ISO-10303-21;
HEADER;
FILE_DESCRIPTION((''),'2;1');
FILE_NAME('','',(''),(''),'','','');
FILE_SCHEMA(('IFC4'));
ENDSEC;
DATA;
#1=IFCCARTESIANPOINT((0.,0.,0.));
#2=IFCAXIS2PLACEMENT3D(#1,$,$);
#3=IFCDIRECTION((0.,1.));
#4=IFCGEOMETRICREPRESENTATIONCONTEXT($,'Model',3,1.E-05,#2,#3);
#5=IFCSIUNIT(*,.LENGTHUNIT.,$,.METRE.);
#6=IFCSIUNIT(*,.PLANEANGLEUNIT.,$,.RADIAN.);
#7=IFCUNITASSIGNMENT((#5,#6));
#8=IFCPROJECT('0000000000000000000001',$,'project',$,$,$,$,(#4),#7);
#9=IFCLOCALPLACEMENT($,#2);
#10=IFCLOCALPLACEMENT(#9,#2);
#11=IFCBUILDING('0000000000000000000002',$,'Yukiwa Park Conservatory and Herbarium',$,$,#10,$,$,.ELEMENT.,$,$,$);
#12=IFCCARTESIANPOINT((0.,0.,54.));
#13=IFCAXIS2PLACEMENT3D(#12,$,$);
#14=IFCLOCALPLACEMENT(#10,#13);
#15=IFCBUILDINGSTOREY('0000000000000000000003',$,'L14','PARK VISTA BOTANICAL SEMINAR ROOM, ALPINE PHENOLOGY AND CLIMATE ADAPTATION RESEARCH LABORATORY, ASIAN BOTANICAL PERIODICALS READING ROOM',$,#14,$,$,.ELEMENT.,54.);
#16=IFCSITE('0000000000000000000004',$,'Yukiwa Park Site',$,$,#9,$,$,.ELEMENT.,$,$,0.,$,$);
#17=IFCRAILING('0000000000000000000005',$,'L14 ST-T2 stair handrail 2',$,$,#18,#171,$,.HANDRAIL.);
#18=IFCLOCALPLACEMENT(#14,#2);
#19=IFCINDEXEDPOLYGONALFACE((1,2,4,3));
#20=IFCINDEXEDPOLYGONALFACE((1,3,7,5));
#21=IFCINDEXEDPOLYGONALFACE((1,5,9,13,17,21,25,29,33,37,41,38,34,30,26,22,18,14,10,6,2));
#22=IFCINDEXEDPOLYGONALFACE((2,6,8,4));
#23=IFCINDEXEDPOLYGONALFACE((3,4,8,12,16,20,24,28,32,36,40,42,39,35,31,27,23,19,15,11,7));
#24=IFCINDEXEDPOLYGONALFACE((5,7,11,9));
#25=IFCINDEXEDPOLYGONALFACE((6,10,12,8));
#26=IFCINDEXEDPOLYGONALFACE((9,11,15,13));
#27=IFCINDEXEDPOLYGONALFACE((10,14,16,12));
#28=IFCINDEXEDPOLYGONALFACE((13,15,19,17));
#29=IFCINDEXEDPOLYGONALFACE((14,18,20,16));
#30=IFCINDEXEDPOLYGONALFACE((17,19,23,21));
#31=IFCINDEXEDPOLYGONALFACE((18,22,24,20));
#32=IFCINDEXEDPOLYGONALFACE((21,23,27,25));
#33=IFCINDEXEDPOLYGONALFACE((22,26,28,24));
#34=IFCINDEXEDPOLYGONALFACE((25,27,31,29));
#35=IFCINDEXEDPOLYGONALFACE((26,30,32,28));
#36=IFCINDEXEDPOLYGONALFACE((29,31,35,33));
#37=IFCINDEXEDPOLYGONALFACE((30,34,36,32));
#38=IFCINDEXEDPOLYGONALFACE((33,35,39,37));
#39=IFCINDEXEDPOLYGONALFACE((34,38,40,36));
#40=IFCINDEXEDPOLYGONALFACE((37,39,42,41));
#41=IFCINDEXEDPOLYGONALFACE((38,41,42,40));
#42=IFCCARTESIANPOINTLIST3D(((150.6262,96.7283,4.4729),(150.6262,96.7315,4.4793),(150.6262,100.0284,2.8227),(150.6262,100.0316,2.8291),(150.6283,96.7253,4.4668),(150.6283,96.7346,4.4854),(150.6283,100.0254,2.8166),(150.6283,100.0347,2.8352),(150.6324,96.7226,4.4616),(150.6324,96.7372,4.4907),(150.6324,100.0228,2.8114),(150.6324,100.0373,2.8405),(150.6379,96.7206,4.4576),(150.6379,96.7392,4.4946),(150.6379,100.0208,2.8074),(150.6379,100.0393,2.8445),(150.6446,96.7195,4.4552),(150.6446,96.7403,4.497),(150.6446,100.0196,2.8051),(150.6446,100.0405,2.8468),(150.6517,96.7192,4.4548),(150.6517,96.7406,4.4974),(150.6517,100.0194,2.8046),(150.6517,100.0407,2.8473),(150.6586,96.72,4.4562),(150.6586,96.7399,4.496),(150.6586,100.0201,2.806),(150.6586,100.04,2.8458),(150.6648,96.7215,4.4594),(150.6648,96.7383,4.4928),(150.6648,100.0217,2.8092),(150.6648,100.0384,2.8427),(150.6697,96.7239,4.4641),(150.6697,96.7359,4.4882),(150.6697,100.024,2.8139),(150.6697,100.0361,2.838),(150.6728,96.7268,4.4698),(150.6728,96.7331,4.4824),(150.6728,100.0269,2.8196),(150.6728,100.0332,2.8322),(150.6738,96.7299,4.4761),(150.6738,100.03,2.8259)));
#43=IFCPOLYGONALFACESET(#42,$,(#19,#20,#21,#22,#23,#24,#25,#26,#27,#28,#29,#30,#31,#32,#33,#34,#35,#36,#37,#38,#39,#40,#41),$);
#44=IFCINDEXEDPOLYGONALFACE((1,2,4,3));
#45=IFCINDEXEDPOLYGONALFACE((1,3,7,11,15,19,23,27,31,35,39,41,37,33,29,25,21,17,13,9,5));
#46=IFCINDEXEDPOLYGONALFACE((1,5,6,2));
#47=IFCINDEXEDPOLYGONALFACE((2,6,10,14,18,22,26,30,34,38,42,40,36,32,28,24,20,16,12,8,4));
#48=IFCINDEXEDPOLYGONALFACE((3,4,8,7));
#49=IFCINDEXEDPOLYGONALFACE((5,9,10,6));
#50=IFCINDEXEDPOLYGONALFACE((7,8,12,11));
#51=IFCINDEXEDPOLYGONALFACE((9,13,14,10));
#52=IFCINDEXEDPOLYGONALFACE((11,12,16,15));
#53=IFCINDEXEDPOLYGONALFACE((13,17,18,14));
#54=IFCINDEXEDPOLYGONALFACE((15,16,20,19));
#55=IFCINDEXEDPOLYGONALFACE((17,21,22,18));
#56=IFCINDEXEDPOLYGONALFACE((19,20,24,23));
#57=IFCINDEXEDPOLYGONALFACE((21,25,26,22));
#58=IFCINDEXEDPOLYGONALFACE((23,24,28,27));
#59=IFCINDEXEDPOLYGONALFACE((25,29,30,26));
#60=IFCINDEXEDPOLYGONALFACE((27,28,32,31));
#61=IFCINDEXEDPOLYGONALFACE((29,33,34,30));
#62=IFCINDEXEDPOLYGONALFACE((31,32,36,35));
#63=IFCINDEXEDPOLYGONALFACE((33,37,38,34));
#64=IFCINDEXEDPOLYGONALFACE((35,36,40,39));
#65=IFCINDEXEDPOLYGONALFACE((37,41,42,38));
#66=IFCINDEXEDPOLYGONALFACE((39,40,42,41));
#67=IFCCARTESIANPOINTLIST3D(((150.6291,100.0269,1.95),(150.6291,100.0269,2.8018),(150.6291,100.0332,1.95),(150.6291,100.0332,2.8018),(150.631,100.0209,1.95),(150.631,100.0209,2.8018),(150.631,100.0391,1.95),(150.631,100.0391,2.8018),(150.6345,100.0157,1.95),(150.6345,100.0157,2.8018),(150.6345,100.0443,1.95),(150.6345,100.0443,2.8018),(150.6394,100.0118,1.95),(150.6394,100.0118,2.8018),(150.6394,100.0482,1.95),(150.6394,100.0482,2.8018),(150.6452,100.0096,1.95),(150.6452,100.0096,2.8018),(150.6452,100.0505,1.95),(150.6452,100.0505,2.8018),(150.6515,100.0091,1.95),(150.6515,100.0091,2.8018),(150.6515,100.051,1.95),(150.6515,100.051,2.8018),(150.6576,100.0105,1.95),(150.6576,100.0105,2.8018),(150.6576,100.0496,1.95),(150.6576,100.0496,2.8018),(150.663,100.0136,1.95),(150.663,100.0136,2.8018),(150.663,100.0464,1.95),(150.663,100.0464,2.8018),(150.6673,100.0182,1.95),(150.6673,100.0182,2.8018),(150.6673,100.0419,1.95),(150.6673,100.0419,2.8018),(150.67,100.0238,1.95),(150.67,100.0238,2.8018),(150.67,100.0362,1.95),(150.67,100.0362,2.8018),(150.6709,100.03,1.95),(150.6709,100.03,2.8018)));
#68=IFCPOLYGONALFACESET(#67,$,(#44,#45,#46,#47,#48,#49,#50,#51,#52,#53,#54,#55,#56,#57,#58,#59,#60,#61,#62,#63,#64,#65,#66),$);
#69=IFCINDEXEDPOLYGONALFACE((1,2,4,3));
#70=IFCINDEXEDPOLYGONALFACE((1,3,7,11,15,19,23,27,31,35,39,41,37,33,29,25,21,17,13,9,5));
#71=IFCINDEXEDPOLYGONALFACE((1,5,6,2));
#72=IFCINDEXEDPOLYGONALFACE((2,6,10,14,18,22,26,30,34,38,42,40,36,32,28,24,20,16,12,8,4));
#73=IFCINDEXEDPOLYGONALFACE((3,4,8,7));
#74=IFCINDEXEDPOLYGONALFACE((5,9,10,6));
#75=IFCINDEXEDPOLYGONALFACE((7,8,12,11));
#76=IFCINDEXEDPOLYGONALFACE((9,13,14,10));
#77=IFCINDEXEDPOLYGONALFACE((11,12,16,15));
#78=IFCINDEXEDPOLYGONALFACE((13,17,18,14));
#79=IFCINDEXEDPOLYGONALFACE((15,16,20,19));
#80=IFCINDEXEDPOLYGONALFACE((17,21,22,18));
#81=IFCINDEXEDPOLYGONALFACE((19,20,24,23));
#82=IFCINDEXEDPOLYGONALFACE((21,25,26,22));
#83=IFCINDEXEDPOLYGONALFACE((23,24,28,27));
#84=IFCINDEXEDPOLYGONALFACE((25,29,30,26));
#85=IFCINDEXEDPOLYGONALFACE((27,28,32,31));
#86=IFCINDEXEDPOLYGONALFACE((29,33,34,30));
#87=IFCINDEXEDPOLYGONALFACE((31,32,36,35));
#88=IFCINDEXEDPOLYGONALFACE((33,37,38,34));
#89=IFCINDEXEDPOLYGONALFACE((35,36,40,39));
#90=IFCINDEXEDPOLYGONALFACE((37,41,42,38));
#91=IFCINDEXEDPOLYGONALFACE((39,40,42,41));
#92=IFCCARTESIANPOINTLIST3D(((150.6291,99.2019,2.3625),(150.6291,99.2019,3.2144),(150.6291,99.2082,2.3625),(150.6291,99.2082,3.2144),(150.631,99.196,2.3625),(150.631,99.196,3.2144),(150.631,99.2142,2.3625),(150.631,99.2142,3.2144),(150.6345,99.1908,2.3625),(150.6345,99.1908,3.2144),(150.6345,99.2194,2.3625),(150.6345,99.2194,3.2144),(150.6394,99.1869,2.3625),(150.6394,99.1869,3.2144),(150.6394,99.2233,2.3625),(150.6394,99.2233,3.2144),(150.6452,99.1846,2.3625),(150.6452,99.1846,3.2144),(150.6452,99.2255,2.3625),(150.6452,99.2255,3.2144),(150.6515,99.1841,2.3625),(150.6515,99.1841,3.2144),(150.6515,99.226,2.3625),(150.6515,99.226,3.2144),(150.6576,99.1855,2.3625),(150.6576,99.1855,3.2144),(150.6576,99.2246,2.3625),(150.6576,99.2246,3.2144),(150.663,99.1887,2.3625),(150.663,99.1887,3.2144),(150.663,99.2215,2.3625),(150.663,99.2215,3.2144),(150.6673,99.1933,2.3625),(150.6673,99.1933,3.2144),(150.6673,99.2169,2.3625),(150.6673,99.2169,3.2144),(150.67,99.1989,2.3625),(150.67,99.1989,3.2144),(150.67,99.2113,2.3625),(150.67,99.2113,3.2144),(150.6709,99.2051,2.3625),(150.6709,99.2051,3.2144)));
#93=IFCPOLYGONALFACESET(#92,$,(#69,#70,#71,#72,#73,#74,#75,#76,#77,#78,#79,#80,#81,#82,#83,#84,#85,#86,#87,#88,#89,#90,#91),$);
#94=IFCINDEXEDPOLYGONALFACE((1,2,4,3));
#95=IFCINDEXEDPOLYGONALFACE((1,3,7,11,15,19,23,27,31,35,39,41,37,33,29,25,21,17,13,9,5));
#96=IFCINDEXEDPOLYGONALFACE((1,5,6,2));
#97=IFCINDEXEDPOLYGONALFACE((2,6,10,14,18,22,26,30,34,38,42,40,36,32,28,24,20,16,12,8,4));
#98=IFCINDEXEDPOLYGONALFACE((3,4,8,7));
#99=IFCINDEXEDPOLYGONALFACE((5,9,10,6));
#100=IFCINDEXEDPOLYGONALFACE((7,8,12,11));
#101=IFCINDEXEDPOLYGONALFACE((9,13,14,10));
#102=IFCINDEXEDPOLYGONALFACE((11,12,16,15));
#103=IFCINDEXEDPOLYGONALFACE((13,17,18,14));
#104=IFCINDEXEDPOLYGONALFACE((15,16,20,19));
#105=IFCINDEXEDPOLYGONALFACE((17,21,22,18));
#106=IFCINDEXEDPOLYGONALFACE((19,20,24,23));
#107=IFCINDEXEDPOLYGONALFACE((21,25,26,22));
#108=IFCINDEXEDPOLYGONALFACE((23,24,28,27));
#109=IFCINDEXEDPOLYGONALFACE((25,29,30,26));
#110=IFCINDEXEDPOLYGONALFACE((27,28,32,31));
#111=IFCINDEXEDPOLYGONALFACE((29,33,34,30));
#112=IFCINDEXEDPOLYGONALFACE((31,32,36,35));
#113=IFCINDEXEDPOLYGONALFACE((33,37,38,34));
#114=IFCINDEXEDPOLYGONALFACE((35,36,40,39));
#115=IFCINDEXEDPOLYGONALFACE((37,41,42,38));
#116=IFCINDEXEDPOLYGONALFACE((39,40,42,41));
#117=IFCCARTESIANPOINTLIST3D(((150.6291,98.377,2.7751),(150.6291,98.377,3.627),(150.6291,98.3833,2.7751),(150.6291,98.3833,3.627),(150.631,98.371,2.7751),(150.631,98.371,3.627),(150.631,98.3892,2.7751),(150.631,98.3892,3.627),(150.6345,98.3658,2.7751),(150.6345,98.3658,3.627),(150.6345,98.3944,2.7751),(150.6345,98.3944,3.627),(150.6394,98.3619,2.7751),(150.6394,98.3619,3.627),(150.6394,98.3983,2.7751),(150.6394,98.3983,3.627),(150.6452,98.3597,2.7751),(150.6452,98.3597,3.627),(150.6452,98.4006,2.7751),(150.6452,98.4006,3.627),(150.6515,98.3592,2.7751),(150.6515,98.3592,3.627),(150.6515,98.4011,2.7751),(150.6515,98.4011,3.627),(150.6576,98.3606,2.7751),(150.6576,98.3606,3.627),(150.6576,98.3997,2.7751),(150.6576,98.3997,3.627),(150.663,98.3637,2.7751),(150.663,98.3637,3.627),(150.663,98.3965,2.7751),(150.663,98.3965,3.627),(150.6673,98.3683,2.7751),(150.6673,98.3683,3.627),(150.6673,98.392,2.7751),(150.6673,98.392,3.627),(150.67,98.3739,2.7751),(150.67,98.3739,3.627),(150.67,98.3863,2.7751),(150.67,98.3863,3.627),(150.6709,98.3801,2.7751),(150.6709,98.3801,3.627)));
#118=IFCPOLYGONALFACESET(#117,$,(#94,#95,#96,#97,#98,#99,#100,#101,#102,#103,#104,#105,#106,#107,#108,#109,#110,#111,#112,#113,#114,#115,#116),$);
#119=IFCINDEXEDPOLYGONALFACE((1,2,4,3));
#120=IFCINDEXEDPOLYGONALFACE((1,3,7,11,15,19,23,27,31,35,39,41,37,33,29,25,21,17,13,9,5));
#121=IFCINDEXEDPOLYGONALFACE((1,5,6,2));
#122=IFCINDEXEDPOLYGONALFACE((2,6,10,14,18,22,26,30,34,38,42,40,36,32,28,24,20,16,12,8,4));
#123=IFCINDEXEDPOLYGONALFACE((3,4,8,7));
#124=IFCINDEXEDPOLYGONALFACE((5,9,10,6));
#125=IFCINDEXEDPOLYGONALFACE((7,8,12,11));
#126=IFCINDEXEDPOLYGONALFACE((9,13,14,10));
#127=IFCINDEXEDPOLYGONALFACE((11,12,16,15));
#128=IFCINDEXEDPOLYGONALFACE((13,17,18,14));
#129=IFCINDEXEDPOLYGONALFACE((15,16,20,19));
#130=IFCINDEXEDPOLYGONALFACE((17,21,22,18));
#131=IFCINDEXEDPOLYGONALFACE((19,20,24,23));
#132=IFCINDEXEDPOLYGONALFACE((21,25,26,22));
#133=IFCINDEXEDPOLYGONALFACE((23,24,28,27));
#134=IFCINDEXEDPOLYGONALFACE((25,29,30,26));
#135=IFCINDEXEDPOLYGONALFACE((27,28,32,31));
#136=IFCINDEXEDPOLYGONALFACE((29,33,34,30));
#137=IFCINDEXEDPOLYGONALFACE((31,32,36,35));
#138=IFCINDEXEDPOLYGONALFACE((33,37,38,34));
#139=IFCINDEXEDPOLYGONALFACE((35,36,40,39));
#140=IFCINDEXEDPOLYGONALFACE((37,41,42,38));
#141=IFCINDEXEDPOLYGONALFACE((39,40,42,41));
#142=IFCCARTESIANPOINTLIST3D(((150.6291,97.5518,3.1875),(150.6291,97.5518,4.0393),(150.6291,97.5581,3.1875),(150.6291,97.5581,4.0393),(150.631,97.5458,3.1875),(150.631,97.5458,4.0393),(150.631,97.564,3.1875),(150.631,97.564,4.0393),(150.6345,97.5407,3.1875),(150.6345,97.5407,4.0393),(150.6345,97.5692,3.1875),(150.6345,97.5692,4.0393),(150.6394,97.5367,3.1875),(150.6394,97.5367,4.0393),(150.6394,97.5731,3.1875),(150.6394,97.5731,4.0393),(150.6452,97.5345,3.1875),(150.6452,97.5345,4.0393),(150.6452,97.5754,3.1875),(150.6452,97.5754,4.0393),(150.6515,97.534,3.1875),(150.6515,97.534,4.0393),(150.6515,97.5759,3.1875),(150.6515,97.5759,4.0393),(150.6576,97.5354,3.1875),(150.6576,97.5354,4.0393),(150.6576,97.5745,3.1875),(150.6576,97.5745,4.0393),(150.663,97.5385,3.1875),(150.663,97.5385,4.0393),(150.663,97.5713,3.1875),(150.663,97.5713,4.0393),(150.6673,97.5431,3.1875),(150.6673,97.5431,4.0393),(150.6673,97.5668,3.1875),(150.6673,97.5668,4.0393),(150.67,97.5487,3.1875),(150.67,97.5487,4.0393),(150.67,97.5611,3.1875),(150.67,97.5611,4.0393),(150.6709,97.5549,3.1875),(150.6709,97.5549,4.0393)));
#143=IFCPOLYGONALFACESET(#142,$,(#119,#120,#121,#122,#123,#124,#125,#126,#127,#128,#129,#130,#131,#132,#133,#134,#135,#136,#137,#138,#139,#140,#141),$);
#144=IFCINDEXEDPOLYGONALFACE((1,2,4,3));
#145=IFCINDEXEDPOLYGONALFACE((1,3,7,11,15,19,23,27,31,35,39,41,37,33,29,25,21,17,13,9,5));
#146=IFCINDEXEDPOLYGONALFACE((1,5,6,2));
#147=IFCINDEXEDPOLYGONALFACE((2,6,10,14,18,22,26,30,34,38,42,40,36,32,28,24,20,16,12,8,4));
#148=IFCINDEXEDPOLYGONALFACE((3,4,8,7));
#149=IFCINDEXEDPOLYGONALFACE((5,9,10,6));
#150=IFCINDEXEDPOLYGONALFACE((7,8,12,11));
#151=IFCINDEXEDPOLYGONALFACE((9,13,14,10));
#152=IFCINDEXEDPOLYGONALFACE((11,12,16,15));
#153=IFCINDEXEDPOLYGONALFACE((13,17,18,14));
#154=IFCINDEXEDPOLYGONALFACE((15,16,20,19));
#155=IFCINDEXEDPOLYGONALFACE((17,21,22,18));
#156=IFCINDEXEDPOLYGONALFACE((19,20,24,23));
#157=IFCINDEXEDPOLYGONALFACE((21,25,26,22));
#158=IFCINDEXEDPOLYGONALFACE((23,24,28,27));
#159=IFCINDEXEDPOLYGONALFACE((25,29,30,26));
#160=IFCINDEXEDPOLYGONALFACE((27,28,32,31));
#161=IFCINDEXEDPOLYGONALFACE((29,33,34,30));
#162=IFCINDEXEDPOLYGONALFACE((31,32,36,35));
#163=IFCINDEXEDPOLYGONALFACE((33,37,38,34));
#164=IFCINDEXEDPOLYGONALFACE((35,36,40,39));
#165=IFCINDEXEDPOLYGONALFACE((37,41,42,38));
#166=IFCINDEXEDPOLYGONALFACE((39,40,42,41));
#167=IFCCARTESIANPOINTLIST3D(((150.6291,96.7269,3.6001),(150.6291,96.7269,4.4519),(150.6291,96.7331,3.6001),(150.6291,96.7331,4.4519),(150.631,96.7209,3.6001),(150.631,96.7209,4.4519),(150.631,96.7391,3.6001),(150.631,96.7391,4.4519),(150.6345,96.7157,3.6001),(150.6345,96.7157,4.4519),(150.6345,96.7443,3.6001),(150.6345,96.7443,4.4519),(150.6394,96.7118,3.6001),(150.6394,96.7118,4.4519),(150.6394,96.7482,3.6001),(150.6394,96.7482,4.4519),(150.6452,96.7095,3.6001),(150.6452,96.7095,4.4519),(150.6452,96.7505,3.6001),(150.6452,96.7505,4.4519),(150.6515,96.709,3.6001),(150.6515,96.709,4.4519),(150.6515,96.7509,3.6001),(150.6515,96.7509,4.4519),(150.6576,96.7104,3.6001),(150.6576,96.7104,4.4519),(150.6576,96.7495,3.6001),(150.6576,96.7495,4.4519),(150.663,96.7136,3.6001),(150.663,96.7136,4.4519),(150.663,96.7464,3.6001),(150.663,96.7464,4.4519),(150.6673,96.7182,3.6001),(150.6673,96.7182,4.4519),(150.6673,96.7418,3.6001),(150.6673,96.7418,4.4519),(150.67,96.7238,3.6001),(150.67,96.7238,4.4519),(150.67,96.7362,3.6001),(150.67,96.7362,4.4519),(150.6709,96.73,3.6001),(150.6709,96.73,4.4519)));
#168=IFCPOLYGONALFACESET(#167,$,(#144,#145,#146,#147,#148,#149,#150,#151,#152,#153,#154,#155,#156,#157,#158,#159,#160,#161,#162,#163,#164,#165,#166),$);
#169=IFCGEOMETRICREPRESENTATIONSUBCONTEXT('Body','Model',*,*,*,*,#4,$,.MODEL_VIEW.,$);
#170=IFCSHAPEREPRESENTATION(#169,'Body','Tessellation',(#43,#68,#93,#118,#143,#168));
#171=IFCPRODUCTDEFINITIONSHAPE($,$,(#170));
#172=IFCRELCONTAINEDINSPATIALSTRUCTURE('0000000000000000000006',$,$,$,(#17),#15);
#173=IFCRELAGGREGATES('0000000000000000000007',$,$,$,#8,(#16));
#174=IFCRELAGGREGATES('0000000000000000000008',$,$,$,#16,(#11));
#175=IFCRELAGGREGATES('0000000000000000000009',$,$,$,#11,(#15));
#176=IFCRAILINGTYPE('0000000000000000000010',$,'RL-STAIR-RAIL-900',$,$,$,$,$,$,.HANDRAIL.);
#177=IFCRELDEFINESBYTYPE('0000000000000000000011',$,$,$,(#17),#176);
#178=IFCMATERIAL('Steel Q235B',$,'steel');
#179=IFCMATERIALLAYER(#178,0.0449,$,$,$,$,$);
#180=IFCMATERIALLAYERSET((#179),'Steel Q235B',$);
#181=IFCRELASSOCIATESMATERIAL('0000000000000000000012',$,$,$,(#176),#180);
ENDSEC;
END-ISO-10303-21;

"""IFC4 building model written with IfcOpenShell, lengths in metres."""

from ifc_helpers import new_model, si_unit, direction, frame, origin, origin_2d, place, context, subcontext, project, spatial, circle, extrude, material, layer, layer_set, type_object, element, save


model = new_model("IFC4")

# Units and contexts
model_context = context("Model", 3, precision=1e-05, world=origin(), true_north=direction((0.0, 1.0)))
body_context = subcontext(model_context, "Body", "Model", "MODEL_VIEW")
ifc_project = project(units=[si_unit("LENGTHUNIT", "METRE"), si_unit("PLANEANGLEUNIT", "RADIAN")], contexts=[model_context])

# Site, building, storey
site_placement = place(None, origin())
site = spatial("IfcSite", under=ifc_project, at=site_placement, Name="Yukiwa Park Site", CompositionType="ELEMENT", RefElevation=0.0)
building_placement = place(site_placement, origin())
building = spatial("IfcBuilding", under=site, at=building_placement, Name="Yukiwa Park Conservatory and Herbarium", CompositionType="ELEMENT")
storey_placement = place(building_placement, frame((0.0, 0.0, 54.0)))
storey = spatial("IfcBuildingStorey", under=building, at=storey_placement, Name="L14", Description="PARK VISTA BOTANICAL SEMINAR ROOM, ALPINE PHENOLOGY AND CLIMATE ADAPTATION RESEARCH LABORATORY, ASIAN BOTANICAL PERIODICALS READING ROOM", CompositionType="ELEMENT", Elevation=54.0)

# Railing
ifc_material_1 = material(Name="Steel Q235B", Category="steel")
ifc_layer_1 = layer(ifc_material_1, 0.0449)
ifc_layer_set_1 = layer_set([ifc_layer_1], Name="Steel Q235B")
railing_type_1 = type_object("IfcRailingType", Name="RL-STAIR-RAIL-900", PredefinedType="HANDRAIL", material=ifc_layer_set_1)
railing_1_placement = place(storey_placement, frame((150.6499, 100.03, 1.95)))
element("IfcRailing", 1, at=railing_1_placement, inside=storey, type_object=railing_type_1, Name="L14 ST-T2 stair handrail 2", PredefinedType="HANDRAIL", context=body_context, shape_type="SweptSolid", body=[
    extrude(circle(Radius=0.0239, at=origin_2d()), frame((0.0, 0.0, 0.876), z_axis=(0.0, -0.894414, 0.44724), x_axis=(1.0, 0.0, 0.0)), (0.0, 0.0, 1.0), 3.6897),
    extrude(circle(Radius=0.021, at=origin_2d()), origin(), (0.0, 0.0, 1.0), 0.8518),
    extrude(circle(Radius=0.021, at=origin_2d()), frame((0.0, -0.825, 0.4126)), (0.0, 0.0, 1.0), 0.8518),
    extrude(circle(Radius=0.021, at=origin_2d()), frame((0.0, -1.6499, 0.8252)), (0.0, 0.0, 1.0), 0.8518),
    extrude(circle(Radius=0.021, at=origin_2d()), frame((0.0, -2.4751, 1.2375)), (0.0, 0.0, 1.0), 0.8518),
    extrude(circle(Radius=0.021, at=origin_2d()), frame((0.0, -3.3, 1.6501)), (0.0, 0.0, 1.0), 0.8518),
])

save(model, "model.ifc")
